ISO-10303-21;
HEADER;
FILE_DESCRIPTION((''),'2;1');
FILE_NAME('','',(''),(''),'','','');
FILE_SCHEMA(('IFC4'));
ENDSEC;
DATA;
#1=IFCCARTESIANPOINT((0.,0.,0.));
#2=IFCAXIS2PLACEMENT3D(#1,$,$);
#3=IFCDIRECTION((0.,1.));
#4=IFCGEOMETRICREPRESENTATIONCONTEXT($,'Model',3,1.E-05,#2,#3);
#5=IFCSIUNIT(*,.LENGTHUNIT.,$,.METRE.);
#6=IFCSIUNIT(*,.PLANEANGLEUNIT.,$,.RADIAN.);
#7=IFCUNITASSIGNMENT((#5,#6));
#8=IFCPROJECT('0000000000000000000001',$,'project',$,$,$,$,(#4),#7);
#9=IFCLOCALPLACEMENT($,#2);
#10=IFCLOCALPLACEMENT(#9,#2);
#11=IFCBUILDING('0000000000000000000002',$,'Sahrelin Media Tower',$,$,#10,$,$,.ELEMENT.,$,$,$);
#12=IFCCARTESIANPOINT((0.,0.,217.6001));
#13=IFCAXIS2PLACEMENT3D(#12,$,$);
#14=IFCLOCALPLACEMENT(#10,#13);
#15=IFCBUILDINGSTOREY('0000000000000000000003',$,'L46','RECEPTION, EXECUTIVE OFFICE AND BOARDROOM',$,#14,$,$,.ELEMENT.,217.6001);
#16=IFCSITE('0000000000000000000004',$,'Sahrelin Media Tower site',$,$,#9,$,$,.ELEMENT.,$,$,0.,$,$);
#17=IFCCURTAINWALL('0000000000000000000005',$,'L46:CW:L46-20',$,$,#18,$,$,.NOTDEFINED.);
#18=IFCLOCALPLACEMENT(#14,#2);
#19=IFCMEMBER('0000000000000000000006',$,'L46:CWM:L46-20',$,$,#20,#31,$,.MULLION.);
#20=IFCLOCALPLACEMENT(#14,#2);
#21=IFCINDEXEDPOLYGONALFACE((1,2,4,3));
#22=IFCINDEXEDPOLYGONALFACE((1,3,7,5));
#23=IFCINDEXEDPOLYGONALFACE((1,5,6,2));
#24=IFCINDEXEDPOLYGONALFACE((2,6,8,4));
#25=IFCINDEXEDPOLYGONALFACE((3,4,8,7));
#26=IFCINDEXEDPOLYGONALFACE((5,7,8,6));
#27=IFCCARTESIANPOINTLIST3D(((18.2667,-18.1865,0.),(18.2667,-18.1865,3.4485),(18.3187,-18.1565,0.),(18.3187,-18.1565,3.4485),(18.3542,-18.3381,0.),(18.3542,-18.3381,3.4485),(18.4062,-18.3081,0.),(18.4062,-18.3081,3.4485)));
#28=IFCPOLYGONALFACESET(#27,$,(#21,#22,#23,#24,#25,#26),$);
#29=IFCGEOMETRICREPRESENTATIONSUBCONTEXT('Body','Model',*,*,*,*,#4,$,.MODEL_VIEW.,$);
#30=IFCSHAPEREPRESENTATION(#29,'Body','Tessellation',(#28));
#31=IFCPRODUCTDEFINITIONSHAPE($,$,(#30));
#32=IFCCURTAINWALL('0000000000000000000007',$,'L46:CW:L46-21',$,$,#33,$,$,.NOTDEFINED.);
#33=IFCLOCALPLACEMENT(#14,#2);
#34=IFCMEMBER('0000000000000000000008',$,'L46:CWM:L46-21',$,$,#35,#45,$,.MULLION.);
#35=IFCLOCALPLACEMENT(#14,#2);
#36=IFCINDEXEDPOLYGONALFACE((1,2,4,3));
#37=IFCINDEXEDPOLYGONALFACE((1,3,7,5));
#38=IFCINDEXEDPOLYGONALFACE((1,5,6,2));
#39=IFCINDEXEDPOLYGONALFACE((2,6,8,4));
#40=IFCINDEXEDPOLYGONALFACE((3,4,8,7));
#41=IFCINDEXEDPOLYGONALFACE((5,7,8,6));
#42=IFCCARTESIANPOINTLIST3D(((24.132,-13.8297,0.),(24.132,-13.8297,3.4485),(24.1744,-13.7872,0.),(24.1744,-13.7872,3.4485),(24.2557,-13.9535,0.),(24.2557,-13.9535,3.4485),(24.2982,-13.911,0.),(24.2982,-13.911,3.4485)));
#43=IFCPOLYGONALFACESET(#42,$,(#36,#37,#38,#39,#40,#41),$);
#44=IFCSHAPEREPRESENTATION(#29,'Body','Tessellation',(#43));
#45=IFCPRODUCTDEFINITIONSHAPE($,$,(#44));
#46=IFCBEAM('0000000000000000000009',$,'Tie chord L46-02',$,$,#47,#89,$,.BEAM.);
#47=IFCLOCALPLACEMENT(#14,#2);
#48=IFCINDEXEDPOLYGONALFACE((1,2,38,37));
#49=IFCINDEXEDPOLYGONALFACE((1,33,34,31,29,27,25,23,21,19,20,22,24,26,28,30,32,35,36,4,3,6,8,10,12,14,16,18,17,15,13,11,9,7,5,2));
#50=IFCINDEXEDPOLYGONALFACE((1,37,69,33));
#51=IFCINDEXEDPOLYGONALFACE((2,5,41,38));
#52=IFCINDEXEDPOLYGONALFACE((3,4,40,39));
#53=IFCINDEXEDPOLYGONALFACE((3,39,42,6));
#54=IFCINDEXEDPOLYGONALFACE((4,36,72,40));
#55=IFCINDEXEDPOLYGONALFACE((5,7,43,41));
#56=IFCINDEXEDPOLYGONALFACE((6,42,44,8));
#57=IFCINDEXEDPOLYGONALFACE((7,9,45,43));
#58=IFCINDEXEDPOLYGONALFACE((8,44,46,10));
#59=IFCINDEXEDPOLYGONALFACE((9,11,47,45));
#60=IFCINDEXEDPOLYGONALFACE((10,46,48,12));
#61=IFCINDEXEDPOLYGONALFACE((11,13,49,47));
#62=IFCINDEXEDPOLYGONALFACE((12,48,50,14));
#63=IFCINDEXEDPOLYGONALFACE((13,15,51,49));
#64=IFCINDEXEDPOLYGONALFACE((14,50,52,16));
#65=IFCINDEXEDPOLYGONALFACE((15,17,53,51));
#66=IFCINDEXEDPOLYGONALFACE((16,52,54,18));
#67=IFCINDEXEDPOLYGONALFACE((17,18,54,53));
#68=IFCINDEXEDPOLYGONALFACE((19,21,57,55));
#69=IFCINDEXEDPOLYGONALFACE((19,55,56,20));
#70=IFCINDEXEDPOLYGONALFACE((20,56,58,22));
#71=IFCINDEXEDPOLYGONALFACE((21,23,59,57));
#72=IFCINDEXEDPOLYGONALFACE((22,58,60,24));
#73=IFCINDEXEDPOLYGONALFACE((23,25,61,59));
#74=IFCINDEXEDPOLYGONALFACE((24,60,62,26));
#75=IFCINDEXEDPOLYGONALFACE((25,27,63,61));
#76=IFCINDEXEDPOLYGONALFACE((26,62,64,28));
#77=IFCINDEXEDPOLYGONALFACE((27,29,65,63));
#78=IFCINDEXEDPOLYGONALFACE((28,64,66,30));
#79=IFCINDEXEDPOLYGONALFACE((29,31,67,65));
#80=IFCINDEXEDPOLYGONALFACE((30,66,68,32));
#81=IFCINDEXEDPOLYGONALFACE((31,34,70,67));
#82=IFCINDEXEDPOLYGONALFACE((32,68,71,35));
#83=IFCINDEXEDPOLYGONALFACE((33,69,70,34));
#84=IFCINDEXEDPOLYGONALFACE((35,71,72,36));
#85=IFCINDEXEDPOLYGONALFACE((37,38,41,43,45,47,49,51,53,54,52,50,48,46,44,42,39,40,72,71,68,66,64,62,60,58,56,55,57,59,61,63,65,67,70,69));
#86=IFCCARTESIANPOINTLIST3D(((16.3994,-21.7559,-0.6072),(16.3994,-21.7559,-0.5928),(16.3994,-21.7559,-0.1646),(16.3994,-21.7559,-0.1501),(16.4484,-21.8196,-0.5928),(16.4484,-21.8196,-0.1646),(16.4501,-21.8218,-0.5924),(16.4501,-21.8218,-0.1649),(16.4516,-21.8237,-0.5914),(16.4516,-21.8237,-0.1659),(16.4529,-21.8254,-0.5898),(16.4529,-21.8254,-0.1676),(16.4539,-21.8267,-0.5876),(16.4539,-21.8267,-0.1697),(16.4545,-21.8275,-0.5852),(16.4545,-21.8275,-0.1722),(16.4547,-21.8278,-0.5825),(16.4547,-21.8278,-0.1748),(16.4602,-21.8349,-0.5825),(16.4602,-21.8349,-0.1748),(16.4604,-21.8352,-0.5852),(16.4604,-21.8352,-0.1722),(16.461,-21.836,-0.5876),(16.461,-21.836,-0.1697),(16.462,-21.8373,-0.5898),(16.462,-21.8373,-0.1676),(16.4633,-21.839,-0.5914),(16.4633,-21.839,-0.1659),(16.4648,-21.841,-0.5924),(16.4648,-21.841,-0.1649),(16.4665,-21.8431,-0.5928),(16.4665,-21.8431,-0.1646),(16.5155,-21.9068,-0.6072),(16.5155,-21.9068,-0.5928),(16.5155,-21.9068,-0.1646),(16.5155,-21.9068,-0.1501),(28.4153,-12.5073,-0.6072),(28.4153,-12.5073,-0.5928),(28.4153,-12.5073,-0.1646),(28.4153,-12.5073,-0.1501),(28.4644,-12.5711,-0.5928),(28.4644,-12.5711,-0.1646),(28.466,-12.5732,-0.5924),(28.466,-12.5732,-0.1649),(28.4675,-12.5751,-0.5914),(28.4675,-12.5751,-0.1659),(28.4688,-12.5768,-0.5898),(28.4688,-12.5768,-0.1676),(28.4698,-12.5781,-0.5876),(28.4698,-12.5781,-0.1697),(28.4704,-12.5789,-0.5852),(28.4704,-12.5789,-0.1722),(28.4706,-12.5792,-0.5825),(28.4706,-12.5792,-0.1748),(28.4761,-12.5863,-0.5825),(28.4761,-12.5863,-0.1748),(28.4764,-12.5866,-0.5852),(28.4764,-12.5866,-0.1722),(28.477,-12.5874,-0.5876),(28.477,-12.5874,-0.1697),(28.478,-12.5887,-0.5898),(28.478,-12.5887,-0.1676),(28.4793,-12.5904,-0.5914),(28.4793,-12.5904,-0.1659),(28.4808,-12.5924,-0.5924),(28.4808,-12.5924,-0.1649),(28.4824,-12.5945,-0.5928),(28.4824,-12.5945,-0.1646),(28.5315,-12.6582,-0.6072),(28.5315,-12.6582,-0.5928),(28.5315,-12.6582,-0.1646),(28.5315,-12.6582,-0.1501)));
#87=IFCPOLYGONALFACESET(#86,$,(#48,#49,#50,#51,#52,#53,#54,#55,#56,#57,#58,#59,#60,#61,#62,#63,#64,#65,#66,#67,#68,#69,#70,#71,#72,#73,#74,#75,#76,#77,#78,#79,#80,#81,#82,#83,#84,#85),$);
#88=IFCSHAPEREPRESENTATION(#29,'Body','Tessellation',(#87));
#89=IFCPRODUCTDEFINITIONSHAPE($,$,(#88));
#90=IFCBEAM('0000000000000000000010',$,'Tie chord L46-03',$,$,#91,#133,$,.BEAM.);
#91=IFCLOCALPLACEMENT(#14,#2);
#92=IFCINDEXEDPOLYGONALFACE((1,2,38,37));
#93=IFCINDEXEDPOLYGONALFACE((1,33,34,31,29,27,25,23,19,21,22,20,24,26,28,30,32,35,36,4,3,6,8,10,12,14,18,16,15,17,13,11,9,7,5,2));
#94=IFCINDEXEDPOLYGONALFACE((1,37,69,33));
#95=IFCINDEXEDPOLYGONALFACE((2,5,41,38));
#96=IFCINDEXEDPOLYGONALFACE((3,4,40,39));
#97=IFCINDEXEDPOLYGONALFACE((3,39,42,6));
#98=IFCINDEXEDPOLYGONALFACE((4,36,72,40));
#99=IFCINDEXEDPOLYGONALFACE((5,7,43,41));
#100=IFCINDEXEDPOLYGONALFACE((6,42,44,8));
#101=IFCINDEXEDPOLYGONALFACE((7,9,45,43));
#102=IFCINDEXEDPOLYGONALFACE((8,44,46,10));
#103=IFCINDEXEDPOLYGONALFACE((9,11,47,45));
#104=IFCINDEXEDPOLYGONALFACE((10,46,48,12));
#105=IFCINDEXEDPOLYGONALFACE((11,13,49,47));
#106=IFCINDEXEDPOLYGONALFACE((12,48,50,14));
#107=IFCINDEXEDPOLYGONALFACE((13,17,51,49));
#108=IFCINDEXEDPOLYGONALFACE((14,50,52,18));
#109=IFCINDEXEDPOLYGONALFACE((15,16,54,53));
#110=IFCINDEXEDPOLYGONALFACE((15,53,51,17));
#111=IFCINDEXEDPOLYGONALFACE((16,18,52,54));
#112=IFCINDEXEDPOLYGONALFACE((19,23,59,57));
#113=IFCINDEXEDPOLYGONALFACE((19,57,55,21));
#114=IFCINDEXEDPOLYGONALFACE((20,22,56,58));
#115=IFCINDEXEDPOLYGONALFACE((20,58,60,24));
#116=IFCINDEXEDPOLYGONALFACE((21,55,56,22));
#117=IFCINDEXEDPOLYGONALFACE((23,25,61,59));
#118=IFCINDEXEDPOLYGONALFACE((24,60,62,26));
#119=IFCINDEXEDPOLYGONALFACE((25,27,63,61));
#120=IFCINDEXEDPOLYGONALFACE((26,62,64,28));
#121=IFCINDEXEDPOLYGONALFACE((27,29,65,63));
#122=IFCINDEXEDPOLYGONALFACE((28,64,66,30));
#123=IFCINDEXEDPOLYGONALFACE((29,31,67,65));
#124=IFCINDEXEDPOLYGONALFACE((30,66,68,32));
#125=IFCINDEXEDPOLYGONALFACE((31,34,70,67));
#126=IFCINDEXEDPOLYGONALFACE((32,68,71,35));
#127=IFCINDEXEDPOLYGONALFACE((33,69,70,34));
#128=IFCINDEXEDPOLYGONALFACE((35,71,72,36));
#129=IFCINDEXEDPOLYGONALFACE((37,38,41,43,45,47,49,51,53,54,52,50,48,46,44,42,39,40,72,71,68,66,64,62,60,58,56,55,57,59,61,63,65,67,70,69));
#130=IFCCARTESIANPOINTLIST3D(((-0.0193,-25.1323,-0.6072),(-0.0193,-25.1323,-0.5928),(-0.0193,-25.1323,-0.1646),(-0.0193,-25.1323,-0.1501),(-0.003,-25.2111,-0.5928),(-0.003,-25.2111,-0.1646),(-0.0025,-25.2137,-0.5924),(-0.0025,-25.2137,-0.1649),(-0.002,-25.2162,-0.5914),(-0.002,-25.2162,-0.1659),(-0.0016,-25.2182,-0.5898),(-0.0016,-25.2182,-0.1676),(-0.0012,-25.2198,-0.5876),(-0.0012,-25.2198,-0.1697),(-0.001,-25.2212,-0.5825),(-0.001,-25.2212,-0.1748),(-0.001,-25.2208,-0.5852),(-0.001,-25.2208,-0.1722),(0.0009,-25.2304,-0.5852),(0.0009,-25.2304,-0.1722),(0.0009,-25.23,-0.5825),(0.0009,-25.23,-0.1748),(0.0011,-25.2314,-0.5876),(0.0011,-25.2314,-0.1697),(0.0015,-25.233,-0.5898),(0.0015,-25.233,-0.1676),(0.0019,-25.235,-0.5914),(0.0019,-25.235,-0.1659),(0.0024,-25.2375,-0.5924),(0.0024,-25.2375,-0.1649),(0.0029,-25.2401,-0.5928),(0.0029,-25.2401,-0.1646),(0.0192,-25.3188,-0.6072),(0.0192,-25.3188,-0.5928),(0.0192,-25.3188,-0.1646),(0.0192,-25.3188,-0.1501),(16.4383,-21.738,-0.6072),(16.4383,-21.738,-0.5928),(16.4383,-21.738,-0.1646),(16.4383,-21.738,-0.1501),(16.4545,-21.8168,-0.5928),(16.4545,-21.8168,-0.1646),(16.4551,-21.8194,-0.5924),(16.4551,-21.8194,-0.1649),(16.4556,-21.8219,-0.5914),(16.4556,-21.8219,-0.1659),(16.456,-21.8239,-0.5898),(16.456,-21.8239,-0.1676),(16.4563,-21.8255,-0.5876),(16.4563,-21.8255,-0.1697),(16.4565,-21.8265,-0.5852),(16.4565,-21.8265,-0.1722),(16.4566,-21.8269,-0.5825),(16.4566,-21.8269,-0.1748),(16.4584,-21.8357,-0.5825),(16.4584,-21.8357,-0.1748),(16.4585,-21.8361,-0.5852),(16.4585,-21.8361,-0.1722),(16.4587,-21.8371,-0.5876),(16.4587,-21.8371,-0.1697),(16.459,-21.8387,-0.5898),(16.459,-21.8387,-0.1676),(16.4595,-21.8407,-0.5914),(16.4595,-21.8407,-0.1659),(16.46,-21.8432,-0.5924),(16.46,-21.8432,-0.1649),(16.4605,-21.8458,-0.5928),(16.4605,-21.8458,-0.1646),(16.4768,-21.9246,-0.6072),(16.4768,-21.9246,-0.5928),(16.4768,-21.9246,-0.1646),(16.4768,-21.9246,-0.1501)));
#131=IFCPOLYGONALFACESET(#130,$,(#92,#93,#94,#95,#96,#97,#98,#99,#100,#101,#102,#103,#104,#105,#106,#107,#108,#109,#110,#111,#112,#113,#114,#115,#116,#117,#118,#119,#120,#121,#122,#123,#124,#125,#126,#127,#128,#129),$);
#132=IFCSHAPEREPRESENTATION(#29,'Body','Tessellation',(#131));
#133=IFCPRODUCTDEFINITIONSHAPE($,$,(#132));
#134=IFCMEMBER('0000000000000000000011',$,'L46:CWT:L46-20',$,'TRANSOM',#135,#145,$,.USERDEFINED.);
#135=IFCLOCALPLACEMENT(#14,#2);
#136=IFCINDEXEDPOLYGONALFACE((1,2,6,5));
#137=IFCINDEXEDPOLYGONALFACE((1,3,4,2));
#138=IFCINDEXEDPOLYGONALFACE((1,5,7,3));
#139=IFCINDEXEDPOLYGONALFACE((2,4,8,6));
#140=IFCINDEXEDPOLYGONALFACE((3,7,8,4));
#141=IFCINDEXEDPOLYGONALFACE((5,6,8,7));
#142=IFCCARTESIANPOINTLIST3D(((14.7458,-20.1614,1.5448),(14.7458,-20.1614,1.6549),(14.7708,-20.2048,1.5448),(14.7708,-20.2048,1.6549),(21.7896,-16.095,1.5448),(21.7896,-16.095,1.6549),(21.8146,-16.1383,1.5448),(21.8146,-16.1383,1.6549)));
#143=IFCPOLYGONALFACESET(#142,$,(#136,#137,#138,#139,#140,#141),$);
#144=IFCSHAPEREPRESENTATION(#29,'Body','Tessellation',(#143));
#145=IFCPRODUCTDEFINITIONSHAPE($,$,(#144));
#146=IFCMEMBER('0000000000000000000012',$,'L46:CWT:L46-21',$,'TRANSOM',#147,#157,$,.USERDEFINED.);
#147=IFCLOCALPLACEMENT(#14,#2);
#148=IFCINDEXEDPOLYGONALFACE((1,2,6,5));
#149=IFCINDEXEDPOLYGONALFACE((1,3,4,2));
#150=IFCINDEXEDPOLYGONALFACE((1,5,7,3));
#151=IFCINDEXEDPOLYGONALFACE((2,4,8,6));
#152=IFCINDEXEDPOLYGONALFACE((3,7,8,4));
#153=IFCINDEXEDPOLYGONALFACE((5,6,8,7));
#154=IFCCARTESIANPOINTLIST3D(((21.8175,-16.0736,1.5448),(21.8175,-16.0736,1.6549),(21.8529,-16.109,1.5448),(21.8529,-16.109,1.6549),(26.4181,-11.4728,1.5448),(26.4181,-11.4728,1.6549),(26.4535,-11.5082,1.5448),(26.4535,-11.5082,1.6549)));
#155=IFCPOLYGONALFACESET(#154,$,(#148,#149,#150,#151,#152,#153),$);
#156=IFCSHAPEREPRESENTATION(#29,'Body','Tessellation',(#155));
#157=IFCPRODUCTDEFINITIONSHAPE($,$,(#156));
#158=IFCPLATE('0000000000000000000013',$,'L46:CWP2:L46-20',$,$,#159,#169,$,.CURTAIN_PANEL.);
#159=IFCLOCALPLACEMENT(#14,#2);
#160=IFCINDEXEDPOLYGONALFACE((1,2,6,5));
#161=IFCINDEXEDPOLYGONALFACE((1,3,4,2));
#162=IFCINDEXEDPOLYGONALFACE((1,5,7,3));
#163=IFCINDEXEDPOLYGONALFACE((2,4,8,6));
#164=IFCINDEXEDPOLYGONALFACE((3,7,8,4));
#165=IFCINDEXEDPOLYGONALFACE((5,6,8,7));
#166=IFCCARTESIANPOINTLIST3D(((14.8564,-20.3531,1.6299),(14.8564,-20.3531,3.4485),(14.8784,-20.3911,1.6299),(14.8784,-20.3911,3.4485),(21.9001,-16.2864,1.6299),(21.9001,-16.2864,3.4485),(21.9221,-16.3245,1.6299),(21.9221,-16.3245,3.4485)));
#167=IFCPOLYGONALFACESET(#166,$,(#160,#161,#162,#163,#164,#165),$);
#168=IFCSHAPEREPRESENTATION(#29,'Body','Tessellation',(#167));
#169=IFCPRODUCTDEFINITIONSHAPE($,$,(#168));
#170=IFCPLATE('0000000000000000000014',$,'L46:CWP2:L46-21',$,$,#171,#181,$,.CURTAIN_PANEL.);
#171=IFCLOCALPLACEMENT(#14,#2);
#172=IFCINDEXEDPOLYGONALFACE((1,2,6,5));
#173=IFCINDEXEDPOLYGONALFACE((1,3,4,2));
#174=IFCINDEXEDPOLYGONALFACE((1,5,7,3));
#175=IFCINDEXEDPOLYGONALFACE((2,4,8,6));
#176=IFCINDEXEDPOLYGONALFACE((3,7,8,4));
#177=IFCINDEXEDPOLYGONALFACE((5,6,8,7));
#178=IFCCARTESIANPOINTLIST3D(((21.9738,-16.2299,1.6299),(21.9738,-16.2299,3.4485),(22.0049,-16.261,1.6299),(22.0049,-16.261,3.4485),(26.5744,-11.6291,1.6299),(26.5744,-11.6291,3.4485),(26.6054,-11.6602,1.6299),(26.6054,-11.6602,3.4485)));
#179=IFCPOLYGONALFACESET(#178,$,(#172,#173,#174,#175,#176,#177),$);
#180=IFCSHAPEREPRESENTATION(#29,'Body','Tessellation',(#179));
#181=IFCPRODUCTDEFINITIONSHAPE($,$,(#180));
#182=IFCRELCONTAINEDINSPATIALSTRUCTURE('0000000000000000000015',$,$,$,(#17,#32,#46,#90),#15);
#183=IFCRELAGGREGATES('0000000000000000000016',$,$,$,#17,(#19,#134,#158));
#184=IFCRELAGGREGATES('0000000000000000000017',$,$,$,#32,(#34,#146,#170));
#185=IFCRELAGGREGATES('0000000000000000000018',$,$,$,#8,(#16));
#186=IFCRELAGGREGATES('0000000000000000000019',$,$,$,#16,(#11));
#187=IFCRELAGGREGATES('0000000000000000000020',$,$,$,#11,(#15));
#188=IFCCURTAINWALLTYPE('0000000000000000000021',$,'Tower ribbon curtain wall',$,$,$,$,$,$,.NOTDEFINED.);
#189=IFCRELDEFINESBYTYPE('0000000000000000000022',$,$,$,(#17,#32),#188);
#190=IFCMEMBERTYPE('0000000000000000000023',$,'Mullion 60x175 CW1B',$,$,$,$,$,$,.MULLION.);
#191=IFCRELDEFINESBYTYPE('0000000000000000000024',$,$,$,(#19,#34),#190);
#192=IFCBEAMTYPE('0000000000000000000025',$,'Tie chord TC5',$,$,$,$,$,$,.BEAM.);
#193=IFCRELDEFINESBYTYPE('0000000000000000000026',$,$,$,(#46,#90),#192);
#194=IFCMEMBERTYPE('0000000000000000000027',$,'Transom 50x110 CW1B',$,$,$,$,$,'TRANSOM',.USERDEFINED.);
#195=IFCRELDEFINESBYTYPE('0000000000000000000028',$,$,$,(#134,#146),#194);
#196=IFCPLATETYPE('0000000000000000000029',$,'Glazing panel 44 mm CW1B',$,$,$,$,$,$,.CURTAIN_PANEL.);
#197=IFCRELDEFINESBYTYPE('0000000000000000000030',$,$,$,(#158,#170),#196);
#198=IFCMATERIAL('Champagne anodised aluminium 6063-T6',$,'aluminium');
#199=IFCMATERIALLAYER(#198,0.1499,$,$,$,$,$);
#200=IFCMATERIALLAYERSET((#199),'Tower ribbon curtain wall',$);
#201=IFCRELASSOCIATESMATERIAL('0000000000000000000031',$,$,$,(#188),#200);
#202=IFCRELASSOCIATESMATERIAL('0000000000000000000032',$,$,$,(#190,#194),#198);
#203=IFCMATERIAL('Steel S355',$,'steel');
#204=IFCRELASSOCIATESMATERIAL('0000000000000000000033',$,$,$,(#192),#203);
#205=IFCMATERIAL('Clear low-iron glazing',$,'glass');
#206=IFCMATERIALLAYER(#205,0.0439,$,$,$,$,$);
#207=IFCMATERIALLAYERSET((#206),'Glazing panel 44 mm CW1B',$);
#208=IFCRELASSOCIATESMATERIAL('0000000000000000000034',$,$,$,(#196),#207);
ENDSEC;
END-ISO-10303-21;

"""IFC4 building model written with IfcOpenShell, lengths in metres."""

from ifc_helpers import new_model, si_unit, direction, frame, origin, origin_2d, place, context, subcontext, project, spatial, polyline, rectangle, i_section, outline, extrude, material, layer, layer_set, material_profile, profile_set, type_object, element, aggregate, save


model = new_model("IFC4")

# Units and contexts
model_context = context("Model", 3, precision=1e-05, world=origin(), true_north=direction((0.0, 1.0)))
body_context = subcontext(model_context, "Body", "Model", "MODEL_VIEW")
ifc_project = project(units=[si_unit("LENGTHUNIT", "METRE"), si_unit("PLANEANGLEUNIT", "RADIAN")], contexts=[model_context])

# Site, building, storey
site_placement = place(None, origin())
site = spatial("IfcSite", under=ifc_project, at=site_placement, Name="Sahrelin Media Tower site", CompositionType="ELEMENT", RefElevation=0.0)
building_placement = place(site_placement, origin())
building = spatial("IfcBuilding", under=site, at=building_placement, Name="Sahrelin Media Tower", CompositionType="ELEMENT")
storey_placement = place(building_placement, frame((0.0, 0.0, 217.6001)))
storey = spatial("IfcBuildingStorey", under=building, at=storey_placement, Name="L46", Description="RECEPTION, EXECUTIVE OFFICE AND BOARDROOM", CompositionType="ELEMENT", Elevation=217.6001)

# Shared definitions
ifc_material_1 = material(Name="Steel S355", Category="steel")

# Curtain walls, members
ifc_material_2 = material(Name="Champagne anodised aluminium 6063-T6", Category="aluminium")
ifc_layer_1 = layer(ifc_material_2, 0.1499)
ifc_layer_set_1 = layer_set([ifc_layer_1], Name="Tower ribbon curtain wall")
curtain_wall_type = type_object("IfcCurtainWallType", Name="Tower ribbon curtain wall", PredefinedType="NOTDEFINED", material=ifc_layer_set_1)
curtain_wall_1_placement = place(storey_placement, frame((18.3901, -18.3403, 0.0), z_axis=(0.0, 0.0, 1.0), x_axis=(1.0, 0.0, 0.0)))
curtain_wall_1 = element("IfcCurtainWall", 1, at=curtain_wall_1_placement, inside=storey, type_object=curtain_wall_type, Name="L46:CW:L46-20", PredefinedType="NOTDEFINED")
ifc_material_profile_1 = material_profile(ifc_material_2, rectangle(XDim=0.0601, YDim=0.175, at=origin_2d()), Name="Mullion 60x175")
ifc_profile_set_1 = profile_set([ifc_material_profile_1], Name="Champagne anodised aluminium 6063-T6")
member_type_1 = type_object("IfcMemberType", Name="Mullion 60x175 CW1B", PredefinedType="MULLION", material=ifc_profile_set_1)
member_1_placement = place(storey_placement, frame((18.3364, -18.2473, 0.0), z_axis=(0.0, 0.0, 1.0), x_axis=(0.866026, 0.499998, 0.0)))
member_1 = element("IfcMember", 2, at=member_1_placement, type_object=member_type_1, Name="L46:CWM:L46-20", PredefinedType="MULLION", context=body_context, shape_type="SweptSolid", body=[
    extrude(rectangle(XDim=0.0601, YDim=0.175, at=origin_2d()), origin(), (0.0, 0.0, 1.0), 3.4485),
])
curtain_wall_2_placement = place(storey_placement, frame((24.291, -13.9463, 0.0), z_axis=(0.0, 0.0, 1.0), x_axis=(1.0, 0.0, 0.0)))
curtain_wall_2 = element("IfcCurtainWall", 3, at=curtain_wall_2_placement, inside=storey, type_object=curtain_wall_type, Name="L46:CW:L46-21", PredefinedType="NOTDEFINED")
member_2_placement = place(storey_placement, frame((24.2151, -13.8704, 0.0), z_axis=(0.0, 0.0, 1.0), x_axis=(0.707107, 0.707107, 0.0)))
member_2 = element("IfcMember", 4, at=member_2_placement, type_object=member_type_1, Name="L46:CWM:L46-21", PredefinedType="MULLION", context=body_context, shape_type="SweptSolid", body=[
    extrude(rectangle(XDim=0.0601, YDim=0.175, at=origin_2d()), origin(), (0.0, 0.0, 1.0), 3.4485),
])

# Beams
ifc_material_profile_2 = material_profile(ifc_material_1, i_section(OverallWidth=0.1904, OverallDepth=0.457, WebThickness=0.009, FlangeThickness=0.0144, FilletRadius=0.0103, at=origin_2d()), Name="UB 457x191x74")
ifc_profile_set_2 = profile_set([ifc_material_profile_2], Name="Steel S355")
beam_type_1 = type_object("IfcBeamType", Name="Tie chord TC5", PredefinedType="BEAM", material=ifc_profile_set_2)
beam_1_placement = place(storey_placement, frame((28.4734, -12.5828, -0.3787), z_axis=(-0.792447, -0.609941, 0.0), x_axis=(0.609941, -0.792447, 0.0)))
element("IfcBeam", 5, at=beam_1_placement, inside=storey, type_object=beam_type_1, Name="Tie chord L46-02", PredefinedType="BEAM", context=body_context, shape_type="SweptSolid", body=[
    extrude(i_section(OverallWidth=0.1904, OverallDepth=0.457, WebThickness=0.009, FlangeThickness=0.0144, FilletRadius=0.0103, at=origin_2d()), origin(), (0.0, 0.0, 1.0), 15.1631),
])
beam_2_placement = place(storey_placement, frame((16.4575, -21.8313, -0.3787), z_axis=(-0.979387, -0.201994, 0.0), x_axis=(0.201994, -0.979387, 0.0)))
element("IfcBeam", 6, at=beam_2_placement, inside=storey, type_object=beam_type_1, Name="Tie chord L46-03", PredefinedType="BEAM", context=body_context, shape_type="SweptSolid", body=[
    extrude(i_section(OverallWidth=0.1904, OverallDepth=0.457, WebThickness=0.009, FlangeThickness=0.0144, FilletRadius=0.0103, at=origin_2d()), origin(), (0.0, 0.0, 1.0), 16.804),
])

# Members
ifc_material_profile_3 = material_profile(ifc_material_2, rectangle(XDim=0.05, YDim=0.1101, at=origin_2d()), Name="Transom 50x110")
ifc_profile_set_3 = profile_set([ifc_material_profile_3], Name="Champagne anodised aluminium 6063-T6")
member_type_2 = type_object("IfcMemberType", Name="Transom 50x110 CW1B", ElementType="TRANSOM", PredefinedType="USERDEFINED", material=ifc_profile_set_3)
member_3_placement = place(storey_placement, frame((14.7583, -20.1831, 1.5999), z_axis=(0.86604, 0.499975, 0.0), x_axis=(-0.499975, 0.86604, 0.0)))
member_3 = element("IfcMember", 7, at=member_3_placement, type_object=member_type_2, Name="L46:CWT:L46-20", ObjectType="TRANSOM", PredefinedType="USERDEFINED", context=body_context, shape_type="SweptSolid", body=[
    extrude(rectangle(XDim=0.05, YDim=0.1101, at=origin_2d()), origin(), (0.0, 0.0, 1.0), 8.1333),
])
member_4_placement = place(storey_placement, frame((21.8352, -16.0913, 1.5999), z_axis=(0.707088, 0.707126, 0.0), x_axis=(-0.707126, 0.707088, 0.0)))
member_4 = element("IfcMember", 8, at=member_4_placement, type_object=member_type_2, Name="L46:CWT:L46-21", ObjectType="TRANSOM", PredefinedType="USERDEFINED", context=body_context, shape_type="SweptSolid", body=[
    extrude(rectangle(XDim=0.05, YDim=0.1101, at=origin_2d()), origin(), (0.0, 0.0, 1.0), 6.5063),
])

# Plates
ifc_material_3 = material(Name="Clear low-iron glazing", Category="glass")
ifc_layer_2 = layer(ifc_material_3, 0.0439)
ifc_layer_set_2 = layer_set([ifc_layer_2], Name="Glazing panel 44 mm CW1B")
plate_type_1 = type_object("IfcPlateType", Name="Glazing panel 44 mm CW1B", PredefinedType="CURTAIN_PANEL", material=ifc_layer_set_2)
plate_1_placement = place(storey_placement, frame((14.8784, -20.3911, 1.6299), z_axis=(0.499997, -0.866027, 0.0), x_axis=(0.866027, 0.499997, 0.0)))
plate_1 = element("IfcPlate", 9, at=plate_1_placement, type_object=plate_type_1, Name="L46:CWP2:L46-20", PredefinedType="CURTAIN_PANEL", context=body_context, shape_type="SweptSolid", body=[
    extrude(outline(polyline([(0.0, 0.0), (8.1333, 0.0), (8.1333, 1.8186), (0.0, 1.8186), (0.0, 0.0)])), origin(), (0.0, 0.0, -1.0), 0.0439),
])
plate_2_placement = place(storey_placement, frame((22.0049, -16.261, 1.6299), z_axis=(0.707126, -0.707088, 0.0), x_axis=(0.707088, 0.707126, 0.0)))
plate_2 = element("IfcPlate", 10, at=plate_2_placement, type_object=plate_type_1, Name="L46:CWP2:L46-21", PredefinedType="CURTAIN_PANEL", context=body_context, shape_type="SweptSolid", body=[
    extrude(outline(polyline([(0.0, 0.0), (6.5063, 0.0), (6.5063, 1.8186), (0.0, 1.8186), (0.0, 0.0)])), origin(), (0.0, 0.0, -1.0), 0.0439),
])
aggregate(curtain_wall_1, [member_1, member_3, plate_1])
aggregate(curtain_wall_2, [member_2, member_4, plate_2])

save(model, "model.ifc")
